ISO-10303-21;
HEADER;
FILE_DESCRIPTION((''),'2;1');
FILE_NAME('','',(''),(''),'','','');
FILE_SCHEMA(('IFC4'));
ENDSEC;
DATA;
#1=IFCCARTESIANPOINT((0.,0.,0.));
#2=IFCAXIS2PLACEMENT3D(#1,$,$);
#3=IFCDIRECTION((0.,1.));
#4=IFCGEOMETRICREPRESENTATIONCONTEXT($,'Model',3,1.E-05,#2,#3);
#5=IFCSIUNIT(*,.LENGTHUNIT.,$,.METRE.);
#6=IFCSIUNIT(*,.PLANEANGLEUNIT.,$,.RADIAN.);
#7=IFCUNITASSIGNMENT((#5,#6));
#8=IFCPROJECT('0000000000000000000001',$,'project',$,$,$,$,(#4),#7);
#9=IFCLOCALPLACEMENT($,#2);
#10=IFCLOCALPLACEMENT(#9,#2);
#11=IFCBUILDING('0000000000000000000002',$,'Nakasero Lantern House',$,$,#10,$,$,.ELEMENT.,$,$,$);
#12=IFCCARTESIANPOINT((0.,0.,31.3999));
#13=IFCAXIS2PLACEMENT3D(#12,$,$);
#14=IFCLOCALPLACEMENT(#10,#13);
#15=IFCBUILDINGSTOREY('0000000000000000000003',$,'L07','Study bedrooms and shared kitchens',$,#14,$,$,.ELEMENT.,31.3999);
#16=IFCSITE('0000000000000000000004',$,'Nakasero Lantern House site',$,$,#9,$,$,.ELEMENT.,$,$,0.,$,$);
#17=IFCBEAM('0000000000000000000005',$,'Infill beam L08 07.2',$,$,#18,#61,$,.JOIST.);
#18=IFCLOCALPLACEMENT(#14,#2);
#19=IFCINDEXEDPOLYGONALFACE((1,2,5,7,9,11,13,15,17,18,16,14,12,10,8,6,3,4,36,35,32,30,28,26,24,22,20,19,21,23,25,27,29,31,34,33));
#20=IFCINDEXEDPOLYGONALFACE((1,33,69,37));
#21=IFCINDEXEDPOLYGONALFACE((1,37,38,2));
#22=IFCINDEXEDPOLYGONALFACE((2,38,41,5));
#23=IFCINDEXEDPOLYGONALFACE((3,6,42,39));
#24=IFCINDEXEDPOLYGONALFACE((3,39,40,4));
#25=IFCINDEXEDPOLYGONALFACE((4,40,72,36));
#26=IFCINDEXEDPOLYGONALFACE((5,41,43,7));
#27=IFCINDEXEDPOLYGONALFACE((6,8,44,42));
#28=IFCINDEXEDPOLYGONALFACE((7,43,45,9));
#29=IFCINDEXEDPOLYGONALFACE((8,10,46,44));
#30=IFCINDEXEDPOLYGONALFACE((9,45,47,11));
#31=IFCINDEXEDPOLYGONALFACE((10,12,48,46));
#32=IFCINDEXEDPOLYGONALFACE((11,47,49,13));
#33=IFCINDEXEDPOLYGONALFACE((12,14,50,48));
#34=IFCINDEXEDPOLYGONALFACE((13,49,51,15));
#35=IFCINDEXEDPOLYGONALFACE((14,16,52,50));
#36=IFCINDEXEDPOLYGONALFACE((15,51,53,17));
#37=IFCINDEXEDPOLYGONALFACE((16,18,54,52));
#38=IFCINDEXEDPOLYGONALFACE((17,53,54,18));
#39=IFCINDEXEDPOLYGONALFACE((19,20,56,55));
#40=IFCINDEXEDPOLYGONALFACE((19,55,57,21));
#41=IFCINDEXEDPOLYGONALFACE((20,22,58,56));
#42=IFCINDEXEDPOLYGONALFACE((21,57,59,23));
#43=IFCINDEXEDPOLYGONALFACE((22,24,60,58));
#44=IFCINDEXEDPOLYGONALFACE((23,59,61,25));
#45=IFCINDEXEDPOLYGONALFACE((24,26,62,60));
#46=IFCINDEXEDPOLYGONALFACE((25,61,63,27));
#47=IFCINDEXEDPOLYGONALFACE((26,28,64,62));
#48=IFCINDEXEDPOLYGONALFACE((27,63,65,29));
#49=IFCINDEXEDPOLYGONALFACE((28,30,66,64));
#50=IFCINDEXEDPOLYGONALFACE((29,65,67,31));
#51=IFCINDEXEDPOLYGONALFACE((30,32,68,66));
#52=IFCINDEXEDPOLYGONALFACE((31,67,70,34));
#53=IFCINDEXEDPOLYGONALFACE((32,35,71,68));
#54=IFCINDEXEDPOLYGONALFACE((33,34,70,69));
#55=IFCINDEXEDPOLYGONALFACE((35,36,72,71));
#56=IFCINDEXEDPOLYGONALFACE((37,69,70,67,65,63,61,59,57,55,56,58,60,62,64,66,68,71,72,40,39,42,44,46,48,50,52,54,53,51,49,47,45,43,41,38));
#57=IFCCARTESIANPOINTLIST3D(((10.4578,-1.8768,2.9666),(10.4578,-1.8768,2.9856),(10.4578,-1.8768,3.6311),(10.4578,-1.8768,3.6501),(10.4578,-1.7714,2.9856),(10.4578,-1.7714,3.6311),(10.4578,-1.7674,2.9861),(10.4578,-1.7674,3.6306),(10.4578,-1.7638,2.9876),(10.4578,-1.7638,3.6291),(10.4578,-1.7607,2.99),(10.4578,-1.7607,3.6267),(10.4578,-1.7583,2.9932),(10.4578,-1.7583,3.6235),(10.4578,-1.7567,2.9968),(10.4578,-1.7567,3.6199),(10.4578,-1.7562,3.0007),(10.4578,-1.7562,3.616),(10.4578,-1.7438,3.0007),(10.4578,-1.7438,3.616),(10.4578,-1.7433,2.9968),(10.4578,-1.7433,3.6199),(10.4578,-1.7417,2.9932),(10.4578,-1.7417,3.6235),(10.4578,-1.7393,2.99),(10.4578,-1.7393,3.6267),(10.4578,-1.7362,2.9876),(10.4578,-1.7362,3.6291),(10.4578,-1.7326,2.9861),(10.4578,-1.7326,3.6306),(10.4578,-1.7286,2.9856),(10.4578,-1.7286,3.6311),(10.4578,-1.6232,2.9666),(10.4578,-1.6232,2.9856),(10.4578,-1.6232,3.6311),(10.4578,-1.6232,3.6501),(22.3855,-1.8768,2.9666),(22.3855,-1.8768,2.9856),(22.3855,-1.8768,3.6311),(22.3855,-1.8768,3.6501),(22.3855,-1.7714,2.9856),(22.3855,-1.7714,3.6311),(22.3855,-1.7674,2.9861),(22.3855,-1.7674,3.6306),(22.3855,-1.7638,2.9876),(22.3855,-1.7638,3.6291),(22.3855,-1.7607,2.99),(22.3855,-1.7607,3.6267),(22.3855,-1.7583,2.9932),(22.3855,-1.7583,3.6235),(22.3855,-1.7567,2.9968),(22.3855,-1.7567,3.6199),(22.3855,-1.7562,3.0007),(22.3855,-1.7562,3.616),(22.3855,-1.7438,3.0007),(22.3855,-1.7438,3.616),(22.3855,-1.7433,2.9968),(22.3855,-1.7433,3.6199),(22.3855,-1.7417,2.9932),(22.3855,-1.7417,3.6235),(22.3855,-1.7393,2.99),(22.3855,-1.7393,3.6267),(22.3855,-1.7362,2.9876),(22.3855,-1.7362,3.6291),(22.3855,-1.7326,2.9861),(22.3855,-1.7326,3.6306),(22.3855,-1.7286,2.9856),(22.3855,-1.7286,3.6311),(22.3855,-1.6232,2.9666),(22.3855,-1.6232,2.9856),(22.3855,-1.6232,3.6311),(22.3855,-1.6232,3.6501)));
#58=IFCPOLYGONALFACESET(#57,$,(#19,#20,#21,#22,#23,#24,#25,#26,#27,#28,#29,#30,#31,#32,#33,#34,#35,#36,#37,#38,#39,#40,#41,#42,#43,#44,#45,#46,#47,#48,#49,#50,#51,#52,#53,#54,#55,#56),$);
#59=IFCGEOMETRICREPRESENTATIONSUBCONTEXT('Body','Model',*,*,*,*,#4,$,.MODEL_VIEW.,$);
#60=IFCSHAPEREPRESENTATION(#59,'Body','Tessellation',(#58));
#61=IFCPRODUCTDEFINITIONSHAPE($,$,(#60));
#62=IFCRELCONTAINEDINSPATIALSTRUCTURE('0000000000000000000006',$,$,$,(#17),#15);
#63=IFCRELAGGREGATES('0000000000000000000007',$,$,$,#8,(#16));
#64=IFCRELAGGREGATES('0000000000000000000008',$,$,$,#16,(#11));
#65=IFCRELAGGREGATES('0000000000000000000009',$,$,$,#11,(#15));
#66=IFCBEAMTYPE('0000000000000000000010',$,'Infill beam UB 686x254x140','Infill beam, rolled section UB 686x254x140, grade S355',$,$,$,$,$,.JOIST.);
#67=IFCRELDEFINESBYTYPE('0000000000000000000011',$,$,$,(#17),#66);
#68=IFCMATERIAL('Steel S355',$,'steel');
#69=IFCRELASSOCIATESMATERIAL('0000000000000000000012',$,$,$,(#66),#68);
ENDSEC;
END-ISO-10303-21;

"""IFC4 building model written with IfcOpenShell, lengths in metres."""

from ifc_helpers import new_model, si_unit, direction, frame, origin, origin_2d, place, context, subcontext, project, spatial, i_section, extrude, material, material_profile, profile_set, type_object, element, save


model = new_model("IFC4")

# Units and contexts
model_context = context("Model", 3, precision=1e-05, world=origin(), true_north=direction((0.0, 1.0)))
body_context = subcontext(model_context, "Body", "Model", "MODEL_VIEW")
ifc_project = project(units=[si_unit("LENGTHUNIT", "METRE"), si_unit("PLANEANGLEUNIT", "RADIAN")], contexts=[model_context])

# Site, building, storey
site_placement = place(None, origin())
site = spatial("IfcSite", under=ifc_project, at=site_placement, Name="Nakasero Lantern House site", CompositionType="ELEMENT", RefElevation=0.0)
building_placement = place(site_placement, origin())
building = spatial("IfcBuilding", under=site, at=building_placement, Name="Nakasero Lantern House", CompositionType="ELEMENT")
storey_placement = place(building_placement, frame((0.0, 0.0, 31.3999)))
storey = spatial("IfcBuildingStorey", under=building, at=storey_placement, Name="L07", Description="Study bedrooms and shared kitchens", CompositionType="ELEMENT", Elevation=31.3999)

# Beam
ifc_material_1 = material(Name="Steel S355", Category="steel")
ifc_material_profile_1 = material_profile(ifc_material_1, i_section(OverallWidth=0.2537, OverallDepth=0.6836, WebThickness=0.0125, FlangeThickness=0.019, FilletRadius=0.0151, at=origin_2d()), Name="UB 686x254x140")
ifc_profile_set_1 = profile_set([ifc_material_profile_1], Name="Steel S355")
beam_type_1 = type_object("IfcBeamType", Name="Infill beam UB 686x254x140", Description="Infill beam, rolled section UB 686x254x140, grade S355", PredefinedType="JOIST", material=ifc_profile_set_1)
beam_1_placement = place(storey_placement, frame((10.4578, -1.75, 3.3083), z_axis=(1.0, 0.0, 0.0), x_axis=(0.0, 1.0, 0.0)))
element("IfcBeam", 1, at=beam_1_placement, inside=storey, type_object=beam_type_1, Name="Infill beam L08 07.2", PredefinedType="JOIST", context=body_context, shape_type="SweptSolid", body=[
    extrude(i_section(OverallWidth=0.2537, OverallDepth=0.6836, WebThickness=0.0125, FlangeThickness=0.019, FilletRadius=0.0151, at=origin_2d()), origin(), (0.0, 0.0, 1.0), 11.9277),
])

save(model, "model.ifc")
